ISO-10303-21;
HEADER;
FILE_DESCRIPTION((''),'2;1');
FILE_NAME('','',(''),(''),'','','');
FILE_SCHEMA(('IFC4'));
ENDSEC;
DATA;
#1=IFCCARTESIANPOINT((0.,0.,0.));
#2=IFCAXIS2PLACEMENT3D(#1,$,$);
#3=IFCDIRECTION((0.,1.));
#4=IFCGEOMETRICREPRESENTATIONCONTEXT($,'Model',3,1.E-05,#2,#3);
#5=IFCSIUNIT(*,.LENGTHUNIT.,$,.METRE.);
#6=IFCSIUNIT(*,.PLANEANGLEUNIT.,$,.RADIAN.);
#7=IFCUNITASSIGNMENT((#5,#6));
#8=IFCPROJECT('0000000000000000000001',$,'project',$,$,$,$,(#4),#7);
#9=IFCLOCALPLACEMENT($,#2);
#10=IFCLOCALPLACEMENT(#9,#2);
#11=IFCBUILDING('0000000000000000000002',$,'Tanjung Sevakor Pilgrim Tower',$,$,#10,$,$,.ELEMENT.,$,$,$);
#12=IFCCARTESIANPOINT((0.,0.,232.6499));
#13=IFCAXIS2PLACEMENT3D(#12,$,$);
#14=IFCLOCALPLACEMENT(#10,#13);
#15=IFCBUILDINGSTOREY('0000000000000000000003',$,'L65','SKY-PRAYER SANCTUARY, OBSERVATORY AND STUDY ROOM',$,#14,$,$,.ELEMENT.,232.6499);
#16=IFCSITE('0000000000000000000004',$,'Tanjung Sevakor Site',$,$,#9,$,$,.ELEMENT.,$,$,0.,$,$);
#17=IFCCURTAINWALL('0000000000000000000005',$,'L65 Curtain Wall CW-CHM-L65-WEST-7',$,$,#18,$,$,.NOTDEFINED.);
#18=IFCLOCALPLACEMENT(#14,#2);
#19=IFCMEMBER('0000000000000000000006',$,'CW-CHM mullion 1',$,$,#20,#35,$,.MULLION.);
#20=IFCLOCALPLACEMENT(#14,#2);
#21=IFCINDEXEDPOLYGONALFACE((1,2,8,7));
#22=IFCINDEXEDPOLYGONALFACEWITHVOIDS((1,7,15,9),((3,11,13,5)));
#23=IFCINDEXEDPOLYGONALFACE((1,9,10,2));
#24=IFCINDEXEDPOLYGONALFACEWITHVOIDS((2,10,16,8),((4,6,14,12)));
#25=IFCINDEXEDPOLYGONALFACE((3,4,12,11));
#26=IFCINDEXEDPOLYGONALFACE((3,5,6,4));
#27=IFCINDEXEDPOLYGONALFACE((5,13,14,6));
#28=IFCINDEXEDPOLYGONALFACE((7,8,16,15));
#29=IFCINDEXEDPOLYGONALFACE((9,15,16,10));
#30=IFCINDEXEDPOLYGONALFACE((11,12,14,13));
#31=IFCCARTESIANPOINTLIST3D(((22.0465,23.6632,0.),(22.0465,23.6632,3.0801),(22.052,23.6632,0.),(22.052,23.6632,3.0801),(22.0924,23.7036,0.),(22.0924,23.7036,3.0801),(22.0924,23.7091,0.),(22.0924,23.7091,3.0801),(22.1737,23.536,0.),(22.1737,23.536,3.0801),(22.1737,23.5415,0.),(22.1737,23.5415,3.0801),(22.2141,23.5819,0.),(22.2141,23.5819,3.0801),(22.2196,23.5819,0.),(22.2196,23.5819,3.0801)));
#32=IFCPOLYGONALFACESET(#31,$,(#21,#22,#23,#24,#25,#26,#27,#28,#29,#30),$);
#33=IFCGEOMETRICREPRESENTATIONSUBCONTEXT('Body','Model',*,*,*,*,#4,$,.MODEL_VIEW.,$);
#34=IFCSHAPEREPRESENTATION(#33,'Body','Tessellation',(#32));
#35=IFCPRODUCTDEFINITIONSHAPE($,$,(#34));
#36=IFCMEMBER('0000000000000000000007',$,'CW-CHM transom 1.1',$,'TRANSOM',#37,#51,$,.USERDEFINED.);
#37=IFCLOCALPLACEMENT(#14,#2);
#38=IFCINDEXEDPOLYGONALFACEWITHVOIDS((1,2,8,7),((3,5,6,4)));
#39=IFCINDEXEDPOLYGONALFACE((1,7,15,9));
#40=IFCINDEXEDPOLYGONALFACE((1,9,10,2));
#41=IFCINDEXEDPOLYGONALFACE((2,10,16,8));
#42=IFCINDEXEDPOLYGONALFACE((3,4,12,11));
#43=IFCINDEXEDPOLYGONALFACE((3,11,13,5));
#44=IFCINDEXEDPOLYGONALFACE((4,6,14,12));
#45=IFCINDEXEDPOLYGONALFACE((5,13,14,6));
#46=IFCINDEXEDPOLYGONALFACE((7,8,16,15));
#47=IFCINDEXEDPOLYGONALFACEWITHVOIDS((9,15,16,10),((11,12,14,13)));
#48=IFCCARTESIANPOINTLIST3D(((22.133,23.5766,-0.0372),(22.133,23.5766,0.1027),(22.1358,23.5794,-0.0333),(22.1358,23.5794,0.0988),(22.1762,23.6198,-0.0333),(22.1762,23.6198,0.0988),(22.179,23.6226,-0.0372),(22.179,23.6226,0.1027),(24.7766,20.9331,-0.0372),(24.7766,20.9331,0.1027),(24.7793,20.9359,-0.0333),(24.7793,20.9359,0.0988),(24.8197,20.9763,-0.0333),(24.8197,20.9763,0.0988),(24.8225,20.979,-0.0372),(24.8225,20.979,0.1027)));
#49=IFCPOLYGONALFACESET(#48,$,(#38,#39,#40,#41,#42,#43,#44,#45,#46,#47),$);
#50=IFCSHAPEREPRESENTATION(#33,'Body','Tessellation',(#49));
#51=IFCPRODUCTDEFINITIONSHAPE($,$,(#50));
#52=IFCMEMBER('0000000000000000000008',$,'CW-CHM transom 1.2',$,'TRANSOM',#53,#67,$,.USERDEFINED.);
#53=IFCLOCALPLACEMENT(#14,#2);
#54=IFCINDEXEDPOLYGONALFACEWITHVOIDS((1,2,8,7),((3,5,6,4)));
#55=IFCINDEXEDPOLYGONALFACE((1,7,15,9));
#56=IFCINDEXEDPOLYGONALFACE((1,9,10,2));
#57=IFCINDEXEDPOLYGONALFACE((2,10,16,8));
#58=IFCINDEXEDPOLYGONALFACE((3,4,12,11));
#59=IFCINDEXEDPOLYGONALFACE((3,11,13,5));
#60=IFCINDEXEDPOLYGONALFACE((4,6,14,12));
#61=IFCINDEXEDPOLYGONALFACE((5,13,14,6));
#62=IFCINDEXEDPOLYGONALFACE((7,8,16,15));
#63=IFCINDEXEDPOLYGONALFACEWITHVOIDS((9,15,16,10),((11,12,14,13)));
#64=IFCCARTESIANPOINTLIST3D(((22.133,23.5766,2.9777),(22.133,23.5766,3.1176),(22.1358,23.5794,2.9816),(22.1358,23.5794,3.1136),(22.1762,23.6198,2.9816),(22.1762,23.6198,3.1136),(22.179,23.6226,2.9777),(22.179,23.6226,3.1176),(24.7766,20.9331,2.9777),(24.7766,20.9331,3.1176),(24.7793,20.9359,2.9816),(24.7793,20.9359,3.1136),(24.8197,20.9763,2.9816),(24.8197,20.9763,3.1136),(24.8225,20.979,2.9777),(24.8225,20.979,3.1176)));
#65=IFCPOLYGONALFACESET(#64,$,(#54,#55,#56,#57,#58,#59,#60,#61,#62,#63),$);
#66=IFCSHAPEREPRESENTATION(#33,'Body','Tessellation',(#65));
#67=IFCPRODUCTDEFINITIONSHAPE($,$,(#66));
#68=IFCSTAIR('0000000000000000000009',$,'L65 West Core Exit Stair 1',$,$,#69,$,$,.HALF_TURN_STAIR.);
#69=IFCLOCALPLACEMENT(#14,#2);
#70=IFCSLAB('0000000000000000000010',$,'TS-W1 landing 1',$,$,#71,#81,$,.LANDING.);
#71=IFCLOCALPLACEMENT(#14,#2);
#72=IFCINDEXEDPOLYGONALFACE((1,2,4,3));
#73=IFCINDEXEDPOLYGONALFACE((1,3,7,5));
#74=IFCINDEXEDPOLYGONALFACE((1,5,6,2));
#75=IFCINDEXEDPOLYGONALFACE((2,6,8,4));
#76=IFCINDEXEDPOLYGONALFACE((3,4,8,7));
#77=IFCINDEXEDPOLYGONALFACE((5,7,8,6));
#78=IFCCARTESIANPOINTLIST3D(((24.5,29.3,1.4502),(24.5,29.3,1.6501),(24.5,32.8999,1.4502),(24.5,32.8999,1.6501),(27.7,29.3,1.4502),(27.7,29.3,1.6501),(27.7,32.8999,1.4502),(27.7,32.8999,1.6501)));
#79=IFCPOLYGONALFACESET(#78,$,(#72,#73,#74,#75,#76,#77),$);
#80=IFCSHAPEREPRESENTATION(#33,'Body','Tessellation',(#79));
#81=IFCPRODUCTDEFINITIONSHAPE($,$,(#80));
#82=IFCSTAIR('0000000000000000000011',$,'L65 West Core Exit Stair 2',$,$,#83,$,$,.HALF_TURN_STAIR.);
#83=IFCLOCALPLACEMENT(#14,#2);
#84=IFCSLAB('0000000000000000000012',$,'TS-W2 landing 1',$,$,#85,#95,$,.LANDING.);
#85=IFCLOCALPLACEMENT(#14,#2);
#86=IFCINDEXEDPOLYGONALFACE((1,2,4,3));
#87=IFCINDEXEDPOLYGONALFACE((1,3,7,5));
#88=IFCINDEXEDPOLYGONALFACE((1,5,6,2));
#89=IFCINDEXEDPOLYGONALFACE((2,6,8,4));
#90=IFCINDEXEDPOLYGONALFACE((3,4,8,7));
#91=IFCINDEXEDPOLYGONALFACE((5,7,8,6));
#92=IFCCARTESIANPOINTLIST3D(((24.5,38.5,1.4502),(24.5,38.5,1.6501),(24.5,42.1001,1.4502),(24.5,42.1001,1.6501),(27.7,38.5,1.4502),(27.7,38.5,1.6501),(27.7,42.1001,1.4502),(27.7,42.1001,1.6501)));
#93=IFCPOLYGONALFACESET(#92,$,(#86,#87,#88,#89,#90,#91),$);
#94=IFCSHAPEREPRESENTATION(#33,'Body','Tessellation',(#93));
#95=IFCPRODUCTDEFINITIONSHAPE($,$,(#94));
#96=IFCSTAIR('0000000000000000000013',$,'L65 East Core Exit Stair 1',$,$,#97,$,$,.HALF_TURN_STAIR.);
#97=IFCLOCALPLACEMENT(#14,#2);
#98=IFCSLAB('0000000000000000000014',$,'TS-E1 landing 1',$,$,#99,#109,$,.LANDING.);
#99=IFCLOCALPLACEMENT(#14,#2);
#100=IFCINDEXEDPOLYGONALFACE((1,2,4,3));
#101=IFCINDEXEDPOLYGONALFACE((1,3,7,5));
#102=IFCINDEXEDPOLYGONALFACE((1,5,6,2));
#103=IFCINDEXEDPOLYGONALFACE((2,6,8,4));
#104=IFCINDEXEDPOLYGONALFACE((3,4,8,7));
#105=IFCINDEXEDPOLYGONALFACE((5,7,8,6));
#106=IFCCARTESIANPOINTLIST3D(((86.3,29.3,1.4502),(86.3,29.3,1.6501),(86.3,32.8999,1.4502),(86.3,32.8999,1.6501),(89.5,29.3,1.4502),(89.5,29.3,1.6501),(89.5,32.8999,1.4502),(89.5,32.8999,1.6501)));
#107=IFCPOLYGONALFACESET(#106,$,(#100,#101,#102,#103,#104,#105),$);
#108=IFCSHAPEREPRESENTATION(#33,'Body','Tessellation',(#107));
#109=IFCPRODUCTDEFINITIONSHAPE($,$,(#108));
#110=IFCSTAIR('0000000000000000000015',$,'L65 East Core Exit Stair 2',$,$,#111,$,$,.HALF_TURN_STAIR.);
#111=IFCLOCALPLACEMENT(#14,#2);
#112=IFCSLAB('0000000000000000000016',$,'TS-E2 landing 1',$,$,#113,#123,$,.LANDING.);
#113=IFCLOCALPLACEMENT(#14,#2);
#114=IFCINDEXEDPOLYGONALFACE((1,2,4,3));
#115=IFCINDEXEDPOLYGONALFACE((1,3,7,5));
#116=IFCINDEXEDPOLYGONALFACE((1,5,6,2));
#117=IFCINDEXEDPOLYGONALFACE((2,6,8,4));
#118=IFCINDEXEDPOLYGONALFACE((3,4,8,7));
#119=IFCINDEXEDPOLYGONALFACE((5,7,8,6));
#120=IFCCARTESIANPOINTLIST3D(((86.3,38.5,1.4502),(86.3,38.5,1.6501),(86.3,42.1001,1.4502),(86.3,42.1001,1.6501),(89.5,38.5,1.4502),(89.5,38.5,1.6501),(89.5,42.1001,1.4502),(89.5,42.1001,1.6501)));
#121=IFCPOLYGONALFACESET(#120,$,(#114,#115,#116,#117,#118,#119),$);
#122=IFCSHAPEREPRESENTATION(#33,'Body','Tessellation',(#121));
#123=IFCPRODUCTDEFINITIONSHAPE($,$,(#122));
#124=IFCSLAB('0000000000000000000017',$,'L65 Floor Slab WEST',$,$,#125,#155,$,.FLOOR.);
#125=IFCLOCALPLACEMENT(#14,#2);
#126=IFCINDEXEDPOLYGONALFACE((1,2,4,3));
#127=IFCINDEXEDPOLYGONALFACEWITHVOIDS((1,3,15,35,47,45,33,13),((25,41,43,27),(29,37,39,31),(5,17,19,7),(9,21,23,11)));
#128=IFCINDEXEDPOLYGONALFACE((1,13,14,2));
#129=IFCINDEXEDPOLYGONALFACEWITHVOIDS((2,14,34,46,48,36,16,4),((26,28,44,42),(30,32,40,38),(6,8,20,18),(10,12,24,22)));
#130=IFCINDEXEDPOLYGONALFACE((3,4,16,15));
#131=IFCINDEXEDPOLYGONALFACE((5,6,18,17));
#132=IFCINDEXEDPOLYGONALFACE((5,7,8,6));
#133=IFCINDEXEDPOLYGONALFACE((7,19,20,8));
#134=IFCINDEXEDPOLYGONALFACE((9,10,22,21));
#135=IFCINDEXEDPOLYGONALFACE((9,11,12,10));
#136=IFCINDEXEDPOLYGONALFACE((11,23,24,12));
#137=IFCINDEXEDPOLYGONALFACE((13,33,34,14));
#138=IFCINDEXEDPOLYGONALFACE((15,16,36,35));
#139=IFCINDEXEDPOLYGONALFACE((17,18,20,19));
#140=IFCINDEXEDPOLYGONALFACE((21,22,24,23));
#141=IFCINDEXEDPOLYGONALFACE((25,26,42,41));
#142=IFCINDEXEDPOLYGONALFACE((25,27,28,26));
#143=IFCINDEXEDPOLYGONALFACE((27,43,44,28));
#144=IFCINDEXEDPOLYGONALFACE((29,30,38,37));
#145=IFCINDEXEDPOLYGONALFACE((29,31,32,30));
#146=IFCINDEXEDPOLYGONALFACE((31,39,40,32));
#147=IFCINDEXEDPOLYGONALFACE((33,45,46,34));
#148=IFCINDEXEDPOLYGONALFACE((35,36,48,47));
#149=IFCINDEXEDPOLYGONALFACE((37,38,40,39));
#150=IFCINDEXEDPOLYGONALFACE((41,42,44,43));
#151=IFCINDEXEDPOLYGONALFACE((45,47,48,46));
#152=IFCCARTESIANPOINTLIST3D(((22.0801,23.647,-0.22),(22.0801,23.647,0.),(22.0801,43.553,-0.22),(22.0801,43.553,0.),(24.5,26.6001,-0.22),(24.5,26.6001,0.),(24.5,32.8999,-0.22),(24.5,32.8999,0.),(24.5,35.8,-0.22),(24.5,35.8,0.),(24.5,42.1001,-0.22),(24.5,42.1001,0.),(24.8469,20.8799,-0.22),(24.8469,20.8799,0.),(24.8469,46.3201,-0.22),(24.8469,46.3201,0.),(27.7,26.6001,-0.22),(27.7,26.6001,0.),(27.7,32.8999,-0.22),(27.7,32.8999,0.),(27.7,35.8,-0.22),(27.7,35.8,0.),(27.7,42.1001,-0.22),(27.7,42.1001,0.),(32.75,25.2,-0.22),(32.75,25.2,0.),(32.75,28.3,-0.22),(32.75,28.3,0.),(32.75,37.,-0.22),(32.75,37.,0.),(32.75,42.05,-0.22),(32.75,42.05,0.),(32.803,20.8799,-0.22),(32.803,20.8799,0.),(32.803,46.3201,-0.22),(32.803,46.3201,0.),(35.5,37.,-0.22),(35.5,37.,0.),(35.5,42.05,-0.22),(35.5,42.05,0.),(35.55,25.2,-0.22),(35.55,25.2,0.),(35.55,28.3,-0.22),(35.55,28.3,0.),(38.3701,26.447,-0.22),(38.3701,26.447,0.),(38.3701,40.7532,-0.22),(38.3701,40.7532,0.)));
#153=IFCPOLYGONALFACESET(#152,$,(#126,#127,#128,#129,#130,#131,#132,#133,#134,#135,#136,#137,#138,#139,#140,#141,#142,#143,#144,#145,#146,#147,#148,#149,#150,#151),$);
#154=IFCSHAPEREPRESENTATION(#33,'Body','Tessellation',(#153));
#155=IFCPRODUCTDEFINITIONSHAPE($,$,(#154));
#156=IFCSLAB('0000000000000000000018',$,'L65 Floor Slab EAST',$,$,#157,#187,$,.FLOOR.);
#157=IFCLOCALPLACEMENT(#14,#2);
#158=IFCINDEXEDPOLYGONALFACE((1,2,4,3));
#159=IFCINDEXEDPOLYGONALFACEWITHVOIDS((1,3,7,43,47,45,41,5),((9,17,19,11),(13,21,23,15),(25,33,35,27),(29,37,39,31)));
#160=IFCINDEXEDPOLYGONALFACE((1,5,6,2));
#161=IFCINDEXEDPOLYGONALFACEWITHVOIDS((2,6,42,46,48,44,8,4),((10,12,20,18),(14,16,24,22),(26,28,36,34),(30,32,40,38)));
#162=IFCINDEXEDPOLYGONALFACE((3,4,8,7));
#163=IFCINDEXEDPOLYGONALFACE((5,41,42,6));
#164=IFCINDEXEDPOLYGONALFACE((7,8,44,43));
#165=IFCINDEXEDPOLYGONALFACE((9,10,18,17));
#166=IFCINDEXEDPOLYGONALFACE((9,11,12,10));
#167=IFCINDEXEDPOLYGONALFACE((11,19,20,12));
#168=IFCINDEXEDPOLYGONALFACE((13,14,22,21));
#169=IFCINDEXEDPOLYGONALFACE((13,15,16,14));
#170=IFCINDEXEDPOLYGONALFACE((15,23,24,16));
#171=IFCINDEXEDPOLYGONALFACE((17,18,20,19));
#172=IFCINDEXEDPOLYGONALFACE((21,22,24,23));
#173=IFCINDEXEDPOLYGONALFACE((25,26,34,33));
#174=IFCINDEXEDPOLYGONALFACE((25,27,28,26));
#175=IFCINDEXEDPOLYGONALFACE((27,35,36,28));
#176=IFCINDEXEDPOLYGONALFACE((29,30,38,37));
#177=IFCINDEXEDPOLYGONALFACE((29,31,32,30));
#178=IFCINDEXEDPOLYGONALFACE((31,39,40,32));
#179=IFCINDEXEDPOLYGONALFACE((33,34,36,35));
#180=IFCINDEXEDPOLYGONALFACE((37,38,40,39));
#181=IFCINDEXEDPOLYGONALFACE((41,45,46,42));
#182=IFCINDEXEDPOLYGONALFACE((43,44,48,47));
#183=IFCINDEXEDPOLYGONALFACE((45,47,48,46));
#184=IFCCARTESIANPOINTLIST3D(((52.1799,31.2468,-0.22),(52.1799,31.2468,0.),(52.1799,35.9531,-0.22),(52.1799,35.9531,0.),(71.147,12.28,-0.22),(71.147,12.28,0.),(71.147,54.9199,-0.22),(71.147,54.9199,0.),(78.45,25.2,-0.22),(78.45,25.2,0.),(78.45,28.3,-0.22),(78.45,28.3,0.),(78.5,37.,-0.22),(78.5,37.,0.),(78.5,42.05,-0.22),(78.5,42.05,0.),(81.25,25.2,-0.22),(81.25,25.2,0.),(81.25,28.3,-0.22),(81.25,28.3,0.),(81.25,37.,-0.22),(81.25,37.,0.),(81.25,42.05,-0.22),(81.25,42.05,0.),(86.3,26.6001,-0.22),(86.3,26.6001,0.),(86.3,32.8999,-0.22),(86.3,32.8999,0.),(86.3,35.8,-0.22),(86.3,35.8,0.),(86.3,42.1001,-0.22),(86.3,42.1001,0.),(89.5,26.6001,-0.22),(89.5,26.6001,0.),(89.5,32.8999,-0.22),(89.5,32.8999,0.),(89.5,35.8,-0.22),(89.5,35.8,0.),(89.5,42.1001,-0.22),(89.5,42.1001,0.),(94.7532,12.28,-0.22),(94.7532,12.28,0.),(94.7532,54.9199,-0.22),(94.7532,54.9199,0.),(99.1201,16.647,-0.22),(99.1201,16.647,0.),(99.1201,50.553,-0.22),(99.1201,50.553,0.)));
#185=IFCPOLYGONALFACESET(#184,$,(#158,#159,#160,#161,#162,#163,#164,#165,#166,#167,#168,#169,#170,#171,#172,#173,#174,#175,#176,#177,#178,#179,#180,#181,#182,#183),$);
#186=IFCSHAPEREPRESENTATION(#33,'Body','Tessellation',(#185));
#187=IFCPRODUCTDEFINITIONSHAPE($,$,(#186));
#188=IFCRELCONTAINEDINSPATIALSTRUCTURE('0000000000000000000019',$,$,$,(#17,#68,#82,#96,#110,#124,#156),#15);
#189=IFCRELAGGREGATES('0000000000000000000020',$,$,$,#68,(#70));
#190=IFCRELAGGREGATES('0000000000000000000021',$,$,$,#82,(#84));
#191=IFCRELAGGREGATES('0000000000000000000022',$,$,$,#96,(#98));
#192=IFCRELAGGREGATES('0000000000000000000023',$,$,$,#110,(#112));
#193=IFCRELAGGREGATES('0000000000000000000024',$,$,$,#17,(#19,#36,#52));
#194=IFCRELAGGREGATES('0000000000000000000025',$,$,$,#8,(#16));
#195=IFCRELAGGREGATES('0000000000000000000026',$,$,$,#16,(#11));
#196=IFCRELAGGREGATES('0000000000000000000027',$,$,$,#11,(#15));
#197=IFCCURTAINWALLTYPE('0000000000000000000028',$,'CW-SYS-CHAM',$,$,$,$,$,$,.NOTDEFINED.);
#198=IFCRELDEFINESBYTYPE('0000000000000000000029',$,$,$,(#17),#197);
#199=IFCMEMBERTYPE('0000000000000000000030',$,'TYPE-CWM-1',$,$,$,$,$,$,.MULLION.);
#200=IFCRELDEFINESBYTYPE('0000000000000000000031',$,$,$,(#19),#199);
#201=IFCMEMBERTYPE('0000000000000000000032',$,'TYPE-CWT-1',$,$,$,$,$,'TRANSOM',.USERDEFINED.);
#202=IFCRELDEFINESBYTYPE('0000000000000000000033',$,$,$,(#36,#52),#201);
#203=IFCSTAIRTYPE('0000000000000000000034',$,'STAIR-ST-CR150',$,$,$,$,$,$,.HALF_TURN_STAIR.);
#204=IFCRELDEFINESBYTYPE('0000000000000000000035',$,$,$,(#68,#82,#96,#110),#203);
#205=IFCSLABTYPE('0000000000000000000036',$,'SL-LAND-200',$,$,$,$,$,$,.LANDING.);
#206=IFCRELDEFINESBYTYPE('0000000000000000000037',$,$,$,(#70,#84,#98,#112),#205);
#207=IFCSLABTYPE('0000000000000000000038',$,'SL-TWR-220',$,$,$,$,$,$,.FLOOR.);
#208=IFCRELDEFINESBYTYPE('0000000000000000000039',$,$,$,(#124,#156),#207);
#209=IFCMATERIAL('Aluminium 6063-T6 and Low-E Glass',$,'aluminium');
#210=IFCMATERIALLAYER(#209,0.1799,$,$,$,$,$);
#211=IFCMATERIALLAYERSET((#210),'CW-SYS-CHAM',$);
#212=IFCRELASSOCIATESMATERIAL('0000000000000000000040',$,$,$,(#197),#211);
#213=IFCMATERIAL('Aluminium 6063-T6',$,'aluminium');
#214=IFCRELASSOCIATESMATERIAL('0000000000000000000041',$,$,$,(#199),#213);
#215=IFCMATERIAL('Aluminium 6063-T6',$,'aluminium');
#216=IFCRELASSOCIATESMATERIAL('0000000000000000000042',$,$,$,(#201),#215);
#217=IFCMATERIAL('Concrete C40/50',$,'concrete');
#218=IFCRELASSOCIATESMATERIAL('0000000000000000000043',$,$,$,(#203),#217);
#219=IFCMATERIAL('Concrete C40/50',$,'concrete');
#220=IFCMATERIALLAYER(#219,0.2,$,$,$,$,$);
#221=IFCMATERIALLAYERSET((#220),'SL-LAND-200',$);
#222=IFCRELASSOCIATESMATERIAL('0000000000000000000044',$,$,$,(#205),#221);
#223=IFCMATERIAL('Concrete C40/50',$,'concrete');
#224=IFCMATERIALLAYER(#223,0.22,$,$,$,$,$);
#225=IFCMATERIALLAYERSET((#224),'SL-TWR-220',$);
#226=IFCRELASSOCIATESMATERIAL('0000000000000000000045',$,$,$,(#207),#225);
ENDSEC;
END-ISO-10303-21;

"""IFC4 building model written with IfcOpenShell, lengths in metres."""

from ifc_helpers import new_model, si_unit, direction, frame, origin, origin_2d, place, context, subcontext, project, spatial, polyline, hollow_rectangle, outline, extrude, material, layer, layer_set, material_profile, profile_set, type_object, element, aggregate, save


model = new_model("IFC4")

# Units and contexts
model_context = context("Model", 3, precision=1e-05, world=origin(), true_north=direction((0.0, 1.0)))
body_context = subcontext(model_context, "Body", "Model", "MODEL_VIEW")
ifc_project = project(units=[si_unit("LENGTHUNIT", "METRE"), si_unit("PLANEANGLEUNIT", "RADIAN")], contexts=[model_context])

# Site, building, storey
site_placement = place(None, origin())
site = spatial("IfcSite", under=ifc_project, at=site_placement, Name="Tanjung Sevakor Site", CompositionType="ELEMENT", RefElevation=0.0)
building_placement = place(site_placement, origin())
building = spatial("IfcBuilding", under=site, at=building_placement, Name="Tanjung Sevakor Pilgrim Tower", CompositionType="ELEMENT")
storey_placement = place(building_placement, frame((0.0, 0.0, 232.6499)))
storey = spatial("IfcBuildingStorey", under=building, at=storey_placement, Name="L65", Description="SKY-PRAYER SANCTUARY, OBSERVATORY AND STUDY ROOM", CompositionType="ELEMENT", Elevation=232.6499)

# Curtain wall, members
ifc_material_1 = material(Name="Aluminium 6063-T6 and Low-E Glass", Category="aluminium")
ifc_layer_1 = layer(ifc_material_1, 0.1799)
ifc_layer_set_1 = layer_set([ifc_layer_1], Name="CW-SYS-CHAM")
curtain_wall_type = type_object("IfcCurtainWallType", Name="CW-SYS-CHAM", PredefinedType="NOTDEFINED", material=ifc_layer_set_1)
curtain_wall_placement = place(storey_placement, origin())
curtain_wall = element("IfcCurtainWall", 1, at=curtain_wall_placement, inside=storey, type_object=curtain_wall_type, Name="L65 Curtain Wall CW-CHM-L65-WEST-7", PredefinedType="NOTDEFINED")
ifc_material_2 = material(Name="Aluminium 6063-T6", Category="aluminium")
ifc_material_profile_1 = material_profile(ifc_material_2, hollow_rectangle(XDim=0.0649, YDim=0.1799, WallThickness=0.0039, at=origin_2d()))
ifc_profile_set_1 = profile_set([ifc_material_profile_1], Name="Aluminium 6063-T6")
member_type_1 = type_object("IfcMemberType", Name="TYPE-CWM-1", PredefinedType="MULLION", material=ifc_profile_set_1)
member_1_placement = place(storey_placement, frame((22.1331, 23.6226, 0.0), z_axis=(0.0, 0.0, 1.0), x_axis=(0.707107, 0.707107, 0.0)))
member_1 = element("IfcMember", 2, at=member_1_placement, type_object=member_type_1, Name="CW-CHM mullion 1", PredefinedType="MULLION", context=body_context, shape_type="SweptSolid", body=[
    extrude(hollow_rectangle(XDim=0.0649, YDim=0.1799, WallThickness=0.0039, at=origin_2d()), origin(), (0.0, 0.0, 1.0), 3.0801),
])
ifc_material_3 = material(Name="Aluminium 6063-T6", Category="aluminium")
ifc_material_profile_2 = material_profile(ifc_material_3, hollow_rectangle(XDim=0.0649, YDim=0.1399, WallThickness=0.0039, at=origin_2d()))
ifc_profile_set_2 = profile_set([ifc_material_profile_2], Name="Aluminium 6063-T6")
member_type_2 = type_object("IfcMemberType", Name="TYPE-CWT-1", ElementType="TRANSOM", PredefinedType="USERDEFINED", material=ifc_profile_set_2)
member_2_placement = place(storey_placement, frame((22.156, 23.5996, 0.0327), z_axis=(0.707107, -0.707107, 0.0), x_axis=(0.707107, 0.707107, 0.0)))
member_2 = element("IfcMember", 3, at=member_2_placement, type_object=member_type_2, Name="CW-CHM transom 1.1", ObjectType="TRANSOM", PredefinedType="USERDEFINED", context=body_context, shape_type="SweptSolid", body=[
    extrude(hollow_rectangle(XDim=0.0649, YDim=0.1399, WallThickness=0.0039, at=origin_2d()), origin(), (0.0, 0.0, 1.0), 3.7385),
])
member_3_placement = place(storey_placement, frame((22.156, 23.5996, 3.0476), z_axis=(0.707107, -0.707107, 0.0), x_axis=(0.707107, 0.707107, 0.0)))
member_3 = element("IfcMember", 4, at=member_3_placement, type_object=member_type_2, Name="CW-CHM transom 1.2", ObjectType="TRANSOM", PredefinedType="USERDEFINED", context=body_context, shape_type="SweptSolid", body=[
    extrude(hollow_rectangle(XDim=0.0649, YDim=0.1399, WallThickness=0.0039, at=origin_2d()), origin(), (0.0, 0.0, 1.0), 3.7385),
])

# Stairs, slabs
ifc_material_4 = material(Name="Concrete C40/50", Category="concrete")
stair_type = type_object("IfcStairType", Name="STAIR-ST-CR150", PredefinedType="HALF_TURN_STAIR", material=ifc_material_4)
stair_1_placement = place(storey_placement, origin())
stair_1 = element("IfcStair", 5, at=stair_1_placement, inside=storey, type_object=stair_type, Name="L65 West Core Exit Stair 1", PredefinedType="HALF_TURN_STAIR")
ifc_material_5 = material(Name="Concrete C40/50", Category="concrete")
ifc_layer_2 = layer(ifc_material_5, 0.2)
ifc_layer_set_2 = layer_set([ifc_layer_2], Name="SL-LAND-200")
slab_type_1 = type_object("IfcSlabType", Name="SL-LAND-200", PredefinedType="LANDING", material=ifc_layer_set_2)
slab_1_placement = place(storey_placement, frame((0.0, 0.0, 1.4502)))
slab_1 = element("IfcSlab", 6, at=slab_1_placement, type_object=slab_type_1, Name="TS-W1 landing 1", PredefinedType="LANDING", context=body_context, shape_type="SweptSolid", body=[
    extrude(outline(polyline([(27.7, 29.3), (27.7, 32.8999), (24.5, 32.8999), (24.5, 29.3), (27.7, 29.3)])), origin(), (0.0, 0.0, 1.0), 0.2),
])
aggregate(stair_1, [slab_1])
stair_2_placement = place(storey_placement, origin())
stair_2 = element("IfcStair", 7, at=stair_2_placement, inside=storey, type_object=stair_type, Name="L65 West Core Exit Stair 2", PredefinedType="HALF_TURN_STAIR")
slab_2_placement = place(storey_placement, frame((0.0, 0.0, 1.4502)))
slab_2 = element("IfcSlab", 8, at=slab_2_placement, type_object=slab_type_1, Name="TS-W2 landing 1", PredefinedType="LANDING", context=body_context, shape_type="SweptSolid", body=[
    extrude(outline(polyline([(27.7, 38.5), (27.7, 42.1001), (24.5, 42.1001), (24.5, 38.5), (27.7, 38.5)])), origin(), (0.0, 0.0, 1.0), 0.2),
])
aggregate(stair_2, [slab_2])
stair_3_placement = place(storey_placement, origin())
stair_3 = element("IfcStair", 9, at=stair_3_placement, inside=storey, type_object=stair_type, Name="L65 East Core Exit Stair 1", PredefinedType="HALF_TURN_STAIR")
slab_3_placement = place(storey_placement, frame((0.0, 0.0, 1.4502)))
slab_3 = element("IfcSlab", 10, at=slab_3_placement, type_object=slab_type_1, Name="TS-E1 landing 1", PredefinedType="LANDING", context=body_context, shape_type="SweptSolid", body=[
    extrude(outline(polyline([(89.5, 29.3), (89.5, 32.8999), (86.3, 32.8999), (86.3, 29.3), (89.5, 29.3)])), origin(), (0.0, 0.0, 1.0), 0.2),
])
aggregate(stair_3, [slab_3])
stair_4_placement = place(storey_placement, origin())
stair_4 = element("IfcStair", 11, at=stair_4_placement, inside=storey, type_object=stair_type, Name="L65 East Core Exit Stair 2", PredefinedType="HALF_TURN_STAIR")
slab_4_placement = place(storey_placement, frame((0.0, 0.0, 1.4502)))
slab_4 = element("IfcSlab", 12, at=slab_4_placement, type_object=slab_type_1, Name="TS-E2 landing 1", PredefinedType="LANDING", context=body_context, shape_type="SweptSolid", body=[
    extrude(outline(polyline([(89.5, 38.5), (89.5, 42.1001), (86.3, 42.1001), (86.3, 38.5), (89.5, 38.5)])), origin(), (0.0, 0.0, 1.0), 0.2),
])
aggregate(stair_4, [slab_4])

# Slabs
ifc_material_6 = material(Name="Concrete C40/50", Category="concrete")
ifc_layer_3 = layer(ifc_material_6, 0.22)
ifc_layer_set_3 = layer_set([ifc_layer_3], Name="SL-TWR-220")
slab_type_2 = type_object("IfcSlabType", Name="SL-TWR-220", PredefinedType="FLOOR", material=ifc_layer_set_3)
slab_5_placement = place(storey_placement, frame((0.0, 0.0, -0.22)))
element("IfcSlab", 13, at=slab_5_placement, inside=storey, type_object=slab_type_2, Name="L65 Floor Slab WEST", PredefinedType="FLOOR", context=body_context, shape_type="SweptSolid", body=[
    extrude(outline(polyline([(24.8469, 20.8799), (32.803, 20.8799), (38.3701, 26.447), (38.3701, 40.7532), (32.803, 46.3201), (24.8469, 46.3201), (22.0801, 43.553), (22.0801, 23.647), (24.8469, 20.8799)]), holes=[polyline([(27.7, 26.6001), (27.7, 32.8999), (24.5, 32.8999), (24.5, 26.6001), (27.7, 26.6001)]), polyline([(27.7, 35.8), (27.7, 42.1001), (24.5, 42.1001), (24.5, 35.8), (27.7, 35.8)]), polyline([(32.75, 25.2), (35.55, 25.2), (35.55, 28.3), (32.75, 28.3), (32.75, 25.2)]), polyline([(32.75, 37.0), (35.5, 37.0), (35.5, 42.05), (32.75, 42.05), (32.75, 37.0)])]), origin(), (0.0, 0.0, 1.0), 0.22),
])
slab_6_placement = place(storey_placement, frame((0.0, 0.0, -0.22)))
element("IfcSlab", 14, at=slab_6_placement, inside=storey, type_object=slab_type_2, Name="L65 Floor Slab EAST", PredefinedType="FLOOR", context=body_context, shape_type="SweptSolid", body=[
    extrude(outline(polyline([(71.147, 12.28), (94.7532, 12.28), (99.1201, 16.647), (99.1201, 50.553), (94.7532, 54.9199), (71.147, 54.9199), (52.1799, 35.9531), (52.1799, 31.2468), (71.147, 12.28)]), holes=[polyline([(89.5, 26.6001), (89.5, 32.8999), (86.3, 32.8999), (86.3, 26.6001), (89.5, 26.6001)]), polyline([(89.5, 35.8), (89.5, 42.1001), (86.3, 42.1001), (86.3, 35.8), (89.5, 35.8)]), polyline([(78.45, 25.2), (81.25, 25.2), (81.25, 28.3), (78.45, 28.3), (78.45, 25.2)]), polyline([(78.5, 37.0), (81.25, 37.0), (81.25, 42.05), (78.5, 42.05), (78.5, 37.0)])]), origin(), (0.0, 0.0, 1.0), 0.22),
])

aggregate(curtain_wall, [member_1, member_2, member_3])

save(model, "model.ifc")
